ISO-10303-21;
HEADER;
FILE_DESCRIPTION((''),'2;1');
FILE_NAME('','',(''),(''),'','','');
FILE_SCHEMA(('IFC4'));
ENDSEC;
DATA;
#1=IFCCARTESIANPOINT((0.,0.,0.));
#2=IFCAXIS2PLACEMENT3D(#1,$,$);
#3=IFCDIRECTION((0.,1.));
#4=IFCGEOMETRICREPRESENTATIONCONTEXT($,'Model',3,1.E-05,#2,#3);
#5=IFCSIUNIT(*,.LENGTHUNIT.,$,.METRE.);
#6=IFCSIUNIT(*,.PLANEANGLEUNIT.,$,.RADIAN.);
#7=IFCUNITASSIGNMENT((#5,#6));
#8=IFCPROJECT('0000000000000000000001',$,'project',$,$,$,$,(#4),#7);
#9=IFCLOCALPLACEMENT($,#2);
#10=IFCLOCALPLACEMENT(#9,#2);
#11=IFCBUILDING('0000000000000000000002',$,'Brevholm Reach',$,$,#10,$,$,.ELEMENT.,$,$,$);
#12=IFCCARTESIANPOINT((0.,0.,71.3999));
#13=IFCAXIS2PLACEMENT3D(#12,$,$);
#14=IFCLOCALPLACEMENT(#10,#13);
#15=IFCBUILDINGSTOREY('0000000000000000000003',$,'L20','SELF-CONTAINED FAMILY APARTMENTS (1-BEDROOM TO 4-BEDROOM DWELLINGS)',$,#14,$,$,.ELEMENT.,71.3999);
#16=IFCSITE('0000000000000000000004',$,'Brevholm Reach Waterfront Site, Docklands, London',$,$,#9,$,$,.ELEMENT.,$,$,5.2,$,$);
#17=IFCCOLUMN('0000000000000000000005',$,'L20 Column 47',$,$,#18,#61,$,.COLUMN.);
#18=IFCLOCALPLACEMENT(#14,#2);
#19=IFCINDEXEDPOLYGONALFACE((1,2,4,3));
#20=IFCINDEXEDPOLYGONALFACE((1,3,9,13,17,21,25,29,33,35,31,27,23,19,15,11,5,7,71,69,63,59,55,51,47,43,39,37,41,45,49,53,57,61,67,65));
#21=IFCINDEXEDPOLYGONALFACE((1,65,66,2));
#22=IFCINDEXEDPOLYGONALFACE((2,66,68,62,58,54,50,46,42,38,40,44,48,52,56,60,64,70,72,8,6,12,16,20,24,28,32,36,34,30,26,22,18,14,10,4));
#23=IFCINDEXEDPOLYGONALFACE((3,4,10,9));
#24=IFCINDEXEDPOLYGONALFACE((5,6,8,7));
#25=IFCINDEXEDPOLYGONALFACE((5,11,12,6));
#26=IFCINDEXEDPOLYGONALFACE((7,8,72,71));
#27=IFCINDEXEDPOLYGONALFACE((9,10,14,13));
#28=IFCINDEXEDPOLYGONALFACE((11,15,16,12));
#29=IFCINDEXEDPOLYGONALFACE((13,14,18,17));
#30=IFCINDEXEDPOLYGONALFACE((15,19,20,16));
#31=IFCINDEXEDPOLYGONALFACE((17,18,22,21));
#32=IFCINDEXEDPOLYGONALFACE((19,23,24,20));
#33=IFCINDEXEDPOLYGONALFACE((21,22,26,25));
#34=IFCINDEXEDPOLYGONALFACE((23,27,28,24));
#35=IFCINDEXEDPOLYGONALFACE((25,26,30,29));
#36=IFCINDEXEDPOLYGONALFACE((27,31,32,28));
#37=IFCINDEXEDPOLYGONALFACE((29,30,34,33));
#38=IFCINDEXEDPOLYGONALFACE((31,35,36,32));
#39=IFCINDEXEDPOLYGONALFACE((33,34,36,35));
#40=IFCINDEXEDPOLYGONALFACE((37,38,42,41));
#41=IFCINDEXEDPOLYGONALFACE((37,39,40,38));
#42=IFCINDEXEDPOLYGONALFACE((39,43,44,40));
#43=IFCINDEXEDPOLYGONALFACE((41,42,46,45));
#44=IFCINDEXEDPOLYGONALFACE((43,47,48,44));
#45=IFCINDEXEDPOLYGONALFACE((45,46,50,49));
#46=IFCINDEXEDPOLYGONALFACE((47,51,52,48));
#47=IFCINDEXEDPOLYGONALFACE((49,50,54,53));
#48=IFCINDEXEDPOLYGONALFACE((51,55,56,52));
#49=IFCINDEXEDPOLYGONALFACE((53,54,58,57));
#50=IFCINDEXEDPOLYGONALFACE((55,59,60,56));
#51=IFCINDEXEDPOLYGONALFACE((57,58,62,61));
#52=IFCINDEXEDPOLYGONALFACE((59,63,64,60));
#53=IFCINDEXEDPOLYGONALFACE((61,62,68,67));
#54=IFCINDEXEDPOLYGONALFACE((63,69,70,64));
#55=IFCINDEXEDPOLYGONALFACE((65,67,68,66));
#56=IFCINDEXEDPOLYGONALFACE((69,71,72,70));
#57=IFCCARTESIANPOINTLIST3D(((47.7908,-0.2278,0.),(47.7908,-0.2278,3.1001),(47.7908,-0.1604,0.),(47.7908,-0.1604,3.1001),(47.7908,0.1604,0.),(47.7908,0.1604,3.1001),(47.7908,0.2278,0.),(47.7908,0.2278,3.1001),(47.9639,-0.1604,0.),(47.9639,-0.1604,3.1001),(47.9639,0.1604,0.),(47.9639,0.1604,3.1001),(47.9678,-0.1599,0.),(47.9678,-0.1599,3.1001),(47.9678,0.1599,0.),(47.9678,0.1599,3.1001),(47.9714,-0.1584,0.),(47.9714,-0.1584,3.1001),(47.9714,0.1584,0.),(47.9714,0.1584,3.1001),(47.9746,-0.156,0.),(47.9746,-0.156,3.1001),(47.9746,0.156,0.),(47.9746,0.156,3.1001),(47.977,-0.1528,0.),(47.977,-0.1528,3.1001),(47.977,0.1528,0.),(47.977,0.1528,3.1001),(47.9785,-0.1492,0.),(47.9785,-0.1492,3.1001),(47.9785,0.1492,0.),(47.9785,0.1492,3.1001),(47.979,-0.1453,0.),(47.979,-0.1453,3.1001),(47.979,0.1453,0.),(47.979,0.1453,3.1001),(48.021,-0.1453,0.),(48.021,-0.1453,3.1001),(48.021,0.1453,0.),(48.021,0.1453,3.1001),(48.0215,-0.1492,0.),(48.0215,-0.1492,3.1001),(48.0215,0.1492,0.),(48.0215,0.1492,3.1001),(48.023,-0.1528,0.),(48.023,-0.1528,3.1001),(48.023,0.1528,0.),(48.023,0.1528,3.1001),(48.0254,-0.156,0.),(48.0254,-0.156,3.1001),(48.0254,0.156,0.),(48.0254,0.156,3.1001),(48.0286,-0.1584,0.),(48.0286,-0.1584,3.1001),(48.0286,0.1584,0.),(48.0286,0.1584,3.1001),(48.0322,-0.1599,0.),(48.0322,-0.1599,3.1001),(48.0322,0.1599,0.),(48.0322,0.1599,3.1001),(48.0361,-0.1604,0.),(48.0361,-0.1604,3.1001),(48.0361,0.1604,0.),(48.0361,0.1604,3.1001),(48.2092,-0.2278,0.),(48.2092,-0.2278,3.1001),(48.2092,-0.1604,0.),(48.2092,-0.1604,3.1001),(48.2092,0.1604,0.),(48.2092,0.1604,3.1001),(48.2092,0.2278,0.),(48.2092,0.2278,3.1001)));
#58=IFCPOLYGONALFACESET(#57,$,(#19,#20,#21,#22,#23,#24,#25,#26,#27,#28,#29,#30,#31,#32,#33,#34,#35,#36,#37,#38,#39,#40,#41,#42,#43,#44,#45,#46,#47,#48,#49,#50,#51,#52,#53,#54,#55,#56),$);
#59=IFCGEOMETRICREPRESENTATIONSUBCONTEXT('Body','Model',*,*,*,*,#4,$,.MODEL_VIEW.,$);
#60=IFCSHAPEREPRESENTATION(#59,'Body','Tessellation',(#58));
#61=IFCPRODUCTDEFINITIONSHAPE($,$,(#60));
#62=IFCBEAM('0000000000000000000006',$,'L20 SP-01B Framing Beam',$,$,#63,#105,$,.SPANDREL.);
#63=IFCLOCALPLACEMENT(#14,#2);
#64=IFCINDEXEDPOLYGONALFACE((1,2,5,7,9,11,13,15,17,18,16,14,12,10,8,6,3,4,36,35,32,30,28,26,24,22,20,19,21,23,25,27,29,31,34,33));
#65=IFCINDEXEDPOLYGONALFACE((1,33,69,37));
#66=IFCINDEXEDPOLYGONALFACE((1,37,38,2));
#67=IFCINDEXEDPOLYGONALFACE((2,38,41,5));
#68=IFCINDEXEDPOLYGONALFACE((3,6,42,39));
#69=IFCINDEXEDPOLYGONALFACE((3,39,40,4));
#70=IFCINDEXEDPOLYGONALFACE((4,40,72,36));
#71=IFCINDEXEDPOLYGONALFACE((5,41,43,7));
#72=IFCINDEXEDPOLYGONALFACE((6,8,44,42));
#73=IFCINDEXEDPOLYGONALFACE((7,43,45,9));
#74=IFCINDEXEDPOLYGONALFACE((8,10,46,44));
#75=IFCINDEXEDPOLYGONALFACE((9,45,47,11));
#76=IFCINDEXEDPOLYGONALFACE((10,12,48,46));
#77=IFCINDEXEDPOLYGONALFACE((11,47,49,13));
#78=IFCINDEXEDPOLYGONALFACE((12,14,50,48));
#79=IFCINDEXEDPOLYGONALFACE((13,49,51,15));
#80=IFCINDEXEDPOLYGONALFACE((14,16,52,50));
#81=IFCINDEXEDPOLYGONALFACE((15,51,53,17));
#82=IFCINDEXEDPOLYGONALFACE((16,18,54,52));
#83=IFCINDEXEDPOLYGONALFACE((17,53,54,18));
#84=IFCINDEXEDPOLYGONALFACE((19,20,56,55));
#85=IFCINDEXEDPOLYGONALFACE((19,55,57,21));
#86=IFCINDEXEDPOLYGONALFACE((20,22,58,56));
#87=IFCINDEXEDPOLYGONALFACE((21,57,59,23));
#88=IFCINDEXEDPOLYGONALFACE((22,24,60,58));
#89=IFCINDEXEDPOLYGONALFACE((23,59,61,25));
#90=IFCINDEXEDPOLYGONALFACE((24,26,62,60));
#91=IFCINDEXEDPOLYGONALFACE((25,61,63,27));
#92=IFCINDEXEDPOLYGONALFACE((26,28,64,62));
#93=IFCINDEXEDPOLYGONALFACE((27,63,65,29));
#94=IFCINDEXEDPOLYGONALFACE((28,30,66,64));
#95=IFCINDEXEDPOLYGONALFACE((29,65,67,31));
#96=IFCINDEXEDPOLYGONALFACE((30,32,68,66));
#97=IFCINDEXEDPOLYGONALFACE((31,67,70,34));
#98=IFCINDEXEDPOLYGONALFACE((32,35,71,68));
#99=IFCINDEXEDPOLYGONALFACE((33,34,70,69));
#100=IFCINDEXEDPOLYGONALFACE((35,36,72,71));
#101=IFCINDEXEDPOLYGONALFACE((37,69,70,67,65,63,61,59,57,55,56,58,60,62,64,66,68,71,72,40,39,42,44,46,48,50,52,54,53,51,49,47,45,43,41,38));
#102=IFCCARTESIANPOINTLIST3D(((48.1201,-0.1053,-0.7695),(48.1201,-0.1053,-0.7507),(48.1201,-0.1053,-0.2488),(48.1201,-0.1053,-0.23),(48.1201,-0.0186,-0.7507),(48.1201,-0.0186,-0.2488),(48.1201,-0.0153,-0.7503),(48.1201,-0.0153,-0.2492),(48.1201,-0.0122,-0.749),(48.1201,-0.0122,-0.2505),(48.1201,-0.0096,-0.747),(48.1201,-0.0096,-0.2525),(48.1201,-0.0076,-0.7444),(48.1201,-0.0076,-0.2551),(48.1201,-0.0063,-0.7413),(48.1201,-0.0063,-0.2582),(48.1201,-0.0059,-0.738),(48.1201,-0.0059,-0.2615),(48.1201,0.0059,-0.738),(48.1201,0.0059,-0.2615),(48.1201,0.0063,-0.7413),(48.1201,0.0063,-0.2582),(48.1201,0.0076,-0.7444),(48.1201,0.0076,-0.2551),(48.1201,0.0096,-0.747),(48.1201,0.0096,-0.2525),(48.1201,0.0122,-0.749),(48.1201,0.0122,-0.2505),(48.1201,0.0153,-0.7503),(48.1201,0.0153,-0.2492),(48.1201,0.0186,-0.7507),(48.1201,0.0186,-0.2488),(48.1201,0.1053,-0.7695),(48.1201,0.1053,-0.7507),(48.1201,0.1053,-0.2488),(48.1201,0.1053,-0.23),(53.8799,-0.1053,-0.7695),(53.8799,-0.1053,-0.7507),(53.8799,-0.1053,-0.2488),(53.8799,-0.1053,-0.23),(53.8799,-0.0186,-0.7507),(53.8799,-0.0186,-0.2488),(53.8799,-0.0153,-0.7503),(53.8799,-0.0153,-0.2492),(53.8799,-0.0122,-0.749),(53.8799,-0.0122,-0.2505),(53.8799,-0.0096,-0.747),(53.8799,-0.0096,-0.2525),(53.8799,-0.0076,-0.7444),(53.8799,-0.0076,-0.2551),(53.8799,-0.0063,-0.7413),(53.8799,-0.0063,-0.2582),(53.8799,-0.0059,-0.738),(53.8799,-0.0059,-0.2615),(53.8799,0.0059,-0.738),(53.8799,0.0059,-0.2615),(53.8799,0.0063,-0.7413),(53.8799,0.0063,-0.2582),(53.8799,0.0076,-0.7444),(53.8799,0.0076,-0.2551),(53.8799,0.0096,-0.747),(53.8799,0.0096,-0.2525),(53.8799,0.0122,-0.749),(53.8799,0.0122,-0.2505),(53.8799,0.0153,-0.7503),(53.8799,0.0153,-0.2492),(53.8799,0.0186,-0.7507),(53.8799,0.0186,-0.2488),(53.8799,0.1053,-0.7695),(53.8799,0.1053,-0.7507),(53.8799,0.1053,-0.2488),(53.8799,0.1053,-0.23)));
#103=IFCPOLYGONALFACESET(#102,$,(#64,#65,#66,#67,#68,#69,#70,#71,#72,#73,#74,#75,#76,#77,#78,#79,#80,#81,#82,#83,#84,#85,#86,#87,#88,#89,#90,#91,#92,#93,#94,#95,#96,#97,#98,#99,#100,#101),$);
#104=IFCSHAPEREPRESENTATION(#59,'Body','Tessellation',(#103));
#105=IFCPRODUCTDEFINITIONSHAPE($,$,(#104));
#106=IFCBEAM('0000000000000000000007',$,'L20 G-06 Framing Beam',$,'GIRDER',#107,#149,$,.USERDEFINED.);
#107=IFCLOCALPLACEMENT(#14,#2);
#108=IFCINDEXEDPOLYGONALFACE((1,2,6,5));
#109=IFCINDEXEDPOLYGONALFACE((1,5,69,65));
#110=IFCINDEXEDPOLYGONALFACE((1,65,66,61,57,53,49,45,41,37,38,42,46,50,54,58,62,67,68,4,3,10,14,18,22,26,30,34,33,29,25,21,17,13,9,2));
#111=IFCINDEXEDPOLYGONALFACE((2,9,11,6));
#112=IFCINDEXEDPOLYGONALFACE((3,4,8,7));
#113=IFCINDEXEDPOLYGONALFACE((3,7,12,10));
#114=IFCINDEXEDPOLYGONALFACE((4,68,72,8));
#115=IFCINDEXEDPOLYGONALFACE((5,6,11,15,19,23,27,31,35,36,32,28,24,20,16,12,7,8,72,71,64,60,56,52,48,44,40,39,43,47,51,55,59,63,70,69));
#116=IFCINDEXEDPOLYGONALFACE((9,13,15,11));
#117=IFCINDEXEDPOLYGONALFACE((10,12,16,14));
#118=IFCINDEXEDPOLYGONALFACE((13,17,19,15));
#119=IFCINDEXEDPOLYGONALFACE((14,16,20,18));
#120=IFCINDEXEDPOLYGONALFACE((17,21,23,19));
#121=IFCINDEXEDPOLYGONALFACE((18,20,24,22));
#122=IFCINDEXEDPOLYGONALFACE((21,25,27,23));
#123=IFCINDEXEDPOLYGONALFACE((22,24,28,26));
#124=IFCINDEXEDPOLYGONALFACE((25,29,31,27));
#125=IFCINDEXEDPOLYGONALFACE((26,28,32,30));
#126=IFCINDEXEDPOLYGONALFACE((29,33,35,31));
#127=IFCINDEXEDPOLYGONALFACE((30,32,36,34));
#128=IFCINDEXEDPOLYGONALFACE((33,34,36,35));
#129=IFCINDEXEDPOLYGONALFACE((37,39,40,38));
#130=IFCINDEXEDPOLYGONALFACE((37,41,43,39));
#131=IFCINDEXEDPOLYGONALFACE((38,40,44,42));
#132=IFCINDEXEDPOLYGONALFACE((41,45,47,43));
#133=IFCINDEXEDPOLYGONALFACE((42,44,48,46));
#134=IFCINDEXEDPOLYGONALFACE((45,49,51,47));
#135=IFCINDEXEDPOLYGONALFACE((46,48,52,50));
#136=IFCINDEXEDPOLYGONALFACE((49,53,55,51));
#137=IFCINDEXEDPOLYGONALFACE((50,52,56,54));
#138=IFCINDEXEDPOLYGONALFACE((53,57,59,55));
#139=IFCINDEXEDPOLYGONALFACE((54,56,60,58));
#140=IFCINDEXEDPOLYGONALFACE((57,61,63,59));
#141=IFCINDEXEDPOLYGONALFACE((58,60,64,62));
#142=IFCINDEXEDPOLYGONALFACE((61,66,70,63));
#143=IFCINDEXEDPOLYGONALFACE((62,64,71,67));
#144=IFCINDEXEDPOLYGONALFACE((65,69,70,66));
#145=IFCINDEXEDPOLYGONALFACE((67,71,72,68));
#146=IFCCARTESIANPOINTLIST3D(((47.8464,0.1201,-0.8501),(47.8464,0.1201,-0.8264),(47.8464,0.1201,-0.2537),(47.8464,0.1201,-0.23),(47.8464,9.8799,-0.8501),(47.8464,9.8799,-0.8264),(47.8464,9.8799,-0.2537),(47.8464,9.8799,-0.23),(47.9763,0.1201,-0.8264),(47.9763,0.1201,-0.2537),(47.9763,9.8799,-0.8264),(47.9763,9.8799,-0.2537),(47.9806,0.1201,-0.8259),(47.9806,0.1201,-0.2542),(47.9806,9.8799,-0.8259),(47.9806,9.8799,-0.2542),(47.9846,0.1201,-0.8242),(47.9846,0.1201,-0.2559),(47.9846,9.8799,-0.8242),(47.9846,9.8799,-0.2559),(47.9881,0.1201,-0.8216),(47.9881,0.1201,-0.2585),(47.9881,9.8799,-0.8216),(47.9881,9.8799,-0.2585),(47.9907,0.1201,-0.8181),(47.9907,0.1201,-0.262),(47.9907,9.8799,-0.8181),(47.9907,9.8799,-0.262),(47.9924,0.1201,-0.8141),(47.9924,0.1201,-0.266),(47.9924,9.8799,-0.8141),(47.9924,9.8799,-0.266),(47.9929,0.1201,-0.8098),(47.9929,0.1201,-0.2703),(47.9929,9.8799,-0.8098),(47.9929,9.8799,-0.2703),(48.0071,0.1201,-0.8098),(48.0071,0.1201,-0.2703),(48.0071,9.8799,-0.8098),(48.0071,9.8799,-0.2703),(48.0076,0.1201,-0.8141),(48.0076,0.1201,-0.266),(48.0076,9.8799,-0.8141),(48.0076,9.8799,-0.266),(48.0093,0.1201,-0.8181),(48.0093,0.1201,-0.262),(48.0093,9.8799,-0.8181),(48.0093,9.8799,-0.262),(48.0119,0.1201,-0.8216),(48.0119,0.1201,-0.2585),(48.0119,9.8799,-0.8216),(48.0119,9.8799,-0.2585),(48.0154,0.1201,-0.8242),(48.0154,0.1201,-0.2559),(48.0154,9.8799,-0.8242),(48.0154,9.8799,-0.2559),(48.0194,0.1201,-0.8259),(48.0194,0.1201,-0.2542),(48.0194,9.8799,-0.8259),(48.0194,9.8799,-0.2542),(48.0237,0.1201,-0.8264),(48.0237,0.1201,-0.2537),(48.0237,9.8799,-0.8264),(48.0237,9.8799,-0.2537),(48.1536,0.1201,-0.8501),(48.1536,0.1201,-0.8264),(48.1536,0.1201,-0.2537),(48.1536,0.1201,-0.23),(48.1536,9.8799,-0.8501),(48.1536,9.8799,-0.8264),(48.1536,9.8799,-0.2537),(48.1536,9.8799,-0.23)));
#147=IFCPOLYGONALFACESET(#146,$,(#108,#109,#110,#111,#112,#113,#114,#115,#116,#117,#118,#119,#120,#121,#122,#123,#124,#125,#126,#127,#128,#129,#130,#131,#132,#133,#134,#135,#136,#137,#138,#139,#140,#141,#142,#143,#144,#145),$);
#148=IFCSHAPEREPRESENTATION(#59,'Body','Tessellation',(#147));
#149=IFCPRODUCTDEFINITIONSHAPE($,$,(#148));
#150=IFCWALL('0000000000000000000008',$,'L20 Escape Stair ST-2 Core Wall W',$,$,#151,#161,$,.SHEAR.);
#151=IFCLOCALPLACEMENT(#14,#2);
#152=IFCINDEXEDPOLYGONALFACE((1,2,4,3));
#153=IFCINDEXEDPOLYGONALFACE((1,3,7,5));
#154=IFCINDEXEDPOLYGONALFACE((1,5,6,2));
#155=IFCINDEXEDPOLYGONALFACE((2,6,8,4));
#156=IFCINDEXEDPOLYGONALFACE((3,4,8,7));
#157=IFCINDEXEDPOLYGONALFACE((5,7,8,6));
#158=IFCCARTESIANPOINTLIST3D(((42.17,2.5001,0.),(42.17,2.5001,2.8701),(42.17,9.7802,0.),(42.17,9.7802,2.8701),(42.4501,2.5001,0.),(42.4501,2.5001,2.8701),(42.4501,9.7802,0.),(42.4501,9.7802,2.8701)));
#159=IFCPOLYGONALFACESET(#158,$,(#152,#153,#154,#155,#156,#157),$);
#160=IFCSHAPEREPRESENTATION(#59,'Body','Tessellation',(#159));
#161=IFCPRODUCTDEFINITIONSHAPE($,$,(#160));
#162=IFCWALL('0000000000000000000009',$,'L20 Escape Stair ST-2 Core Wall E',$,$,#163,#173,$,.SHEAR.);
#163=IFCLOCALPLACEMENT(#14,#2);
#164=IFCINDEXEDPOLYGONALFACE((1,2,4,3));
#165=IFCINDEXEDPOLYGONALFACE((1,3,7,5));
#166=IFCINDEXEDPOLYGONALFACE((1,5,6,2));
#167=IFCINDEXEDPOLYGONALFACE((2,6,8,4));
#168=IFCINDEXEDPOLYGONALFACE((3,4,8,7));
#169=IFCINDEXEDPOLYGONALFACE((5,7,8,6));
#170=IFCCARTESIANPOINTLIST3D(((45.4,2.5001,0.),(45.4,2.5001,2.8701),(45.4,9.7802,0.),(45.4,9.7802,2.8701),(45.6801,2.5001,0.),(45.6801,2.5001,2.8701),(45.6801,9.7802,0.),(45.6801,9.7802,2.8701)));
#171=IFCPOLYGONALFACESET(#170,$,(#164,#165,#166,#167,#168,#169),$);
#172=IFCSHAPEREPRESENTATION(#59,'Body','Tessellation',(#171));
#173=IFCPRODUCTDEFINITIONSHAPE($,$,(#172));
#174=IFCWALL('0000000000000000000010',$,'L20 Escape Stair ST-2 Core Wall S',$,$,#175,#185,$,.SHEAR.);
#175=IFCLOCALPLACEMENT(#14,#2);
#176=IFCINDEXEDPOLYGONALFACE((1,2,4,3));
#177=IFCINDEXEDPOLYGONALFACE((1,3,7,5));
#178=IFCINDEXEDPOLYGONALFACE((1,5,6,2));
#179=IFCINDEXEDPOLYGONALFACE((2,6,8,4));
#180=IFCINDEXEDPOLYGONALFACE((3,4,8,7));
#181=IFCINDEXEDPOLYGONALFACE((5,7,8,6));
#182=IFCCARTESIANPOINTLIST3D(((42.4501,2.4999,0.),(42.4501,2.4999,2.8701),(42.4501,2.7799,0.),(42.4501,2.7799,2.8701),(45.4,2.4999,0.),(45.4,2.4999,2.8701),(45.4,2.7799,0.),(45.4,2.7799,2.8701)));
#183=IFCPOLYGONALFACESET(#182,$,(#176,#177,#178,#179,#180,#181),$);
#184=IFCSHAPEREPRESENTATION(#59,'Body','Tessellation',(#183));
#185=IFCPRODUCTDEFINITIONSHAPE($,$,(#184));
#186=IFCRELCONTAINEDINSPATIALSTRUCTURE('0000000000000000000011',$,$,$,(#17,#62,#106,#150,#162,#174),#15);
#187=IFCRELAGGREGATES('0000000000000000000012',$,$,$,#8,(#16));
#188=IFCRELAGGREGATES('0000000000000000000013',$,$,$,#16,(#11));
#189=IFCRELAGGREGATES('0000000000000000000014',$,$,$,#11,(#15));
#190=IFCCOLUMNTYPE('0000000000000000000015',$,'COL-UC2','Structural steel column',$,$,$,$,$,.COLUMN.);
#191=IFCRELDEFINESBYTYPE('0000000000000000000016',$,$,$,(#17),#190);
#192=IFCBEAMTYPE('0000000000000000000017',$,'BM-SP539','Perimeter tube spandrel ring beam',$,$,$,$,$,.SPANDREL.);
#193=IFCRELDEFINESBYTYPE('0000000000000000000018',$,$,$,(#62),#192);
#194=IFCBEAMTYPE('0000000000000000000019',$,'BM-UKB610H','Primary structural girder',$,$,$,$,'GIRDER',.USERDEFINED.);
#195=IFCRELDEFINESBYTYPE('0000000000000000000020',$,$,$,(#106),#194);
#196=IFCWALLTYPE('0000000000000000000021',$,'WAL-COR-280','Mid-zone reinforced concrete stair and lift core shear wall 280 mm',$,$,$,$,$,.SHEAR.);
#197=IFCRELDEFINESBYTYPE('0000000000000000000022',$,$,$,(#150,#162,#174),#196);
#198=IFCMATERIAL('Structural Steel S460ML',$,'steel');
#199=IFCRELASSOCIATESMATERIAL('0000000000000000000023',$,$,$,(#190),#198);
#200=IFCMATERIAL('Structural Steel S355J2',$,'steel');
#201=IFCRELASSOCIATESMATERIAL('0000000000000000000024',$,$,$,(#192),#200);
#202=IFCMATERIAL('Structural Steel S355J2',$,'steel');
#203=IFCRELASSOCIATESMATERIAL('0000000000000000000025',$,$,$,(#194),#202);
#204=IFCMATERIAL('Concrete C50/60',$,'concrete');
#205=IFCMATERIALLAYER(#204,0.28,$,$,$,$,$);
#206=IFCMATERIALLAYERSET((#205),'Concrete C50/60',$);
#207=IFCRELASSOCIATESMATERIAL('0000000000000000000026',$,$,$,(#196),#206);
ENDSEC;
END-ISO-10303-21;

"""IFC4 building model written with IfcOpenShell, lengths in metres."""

from ifc_helpers import new_model, si_unit, direction, frame, frame_2d, origin, origin_2d, place, context, subcontext, project, spatial, rectangle, i_section, extrude, material, layer, layer_set, material_profile, profile_set, type_object, element, save


model = new_model("IFC4")

# Units and contexts
model_context = context("Model", 3, precision=1e-05, world=origin(), true_north=direction((0.0, 1.0)))
body_context = subcontext(model_context, "Body", "Model", "MODEL_VIEW")
ifc_project = project(units=[si_unit("LENGTHUNIT", "METRE"), si_unit("PLANEANGLEUNIT", "RADIAN")], contexts=[model_context])

# Site, building, storey
site_placement = place(None, origin())
site = spatial("IfcSite", under=ifc_project, at=site_placement, Name="Brevholm Reach Waterfront Site, Docklands, London", CompositionType="ELEMENT", RefElevation=5.2)
building_placement = place(site_placement, origin())
building = spatial("IfcBuilding", under=site, at=building_placement, Name="Brevholm Reach", CompositionType="ELEMENT")
storey_placement = place(building_placement, frame((0.0, 0.0, 71.3999)))
storey = spatial("IfcBuildingStorey", under=building, at=storey_placement, Name="L20", Description="SELF-CONTAINED FAMILY APARTMENTS (1-BEDROOM TO 4-BEDROOM DWELLINGS)", CompositionType="ELEMENT", Elevation=71.3999)

# Column
ifc_material_1 = material(Name="Structural Steel S460ML", Category="steel")
ifc_material_profile_1 = material_profile(ifc_material_1, i_section(OverallWidth=0.4185, OverallDepth=0.4556, WebThickness=0.042, FlangeThickness=0.0674, FilletRadius=0.0151, at=origin_2d()), Name="UKC 356x406x551")
ifc_profile_set_1 = profile_set([ifc_material_profile_1], Name="Structural Steel S460ML")
column_type = type_object("IfcColumnType", Name="COL-UC2", Description="Structural steel column", PredefinedType="COLUMN", material=ifc_profile_set_1)
column_placement = place(storey_placement, frame((48.0, 0.0, 0.0), z_axis=(0.0, 0.0, 1.0), x_axis=(1.0, 0.0, 0.0)))
element("IfcColumn", 1, at=column_placement, inside=storey, type_object=column_type, Name="L20 Column 47", PredefinedType="COLUMN", context=body_context, shape_type="SweptSolid", body=[
    extrude(i_section(OverallWidth=0.4185, OverallDepth=0.4556, WebThickness=0.042, FlangeThickness=0.0674, FilletRadius=0.0151, at=origin_2d()), origin(), (0.0, 0.0, 1.0), 3.1001),
])

# Beams
ifc_material_2 = material(Name="Structural Steel S355J2", Category="steel")
ifc_material_profile_2 = material_profile(ifc_material_2, i_section(OverallWidth=0.2107, OverallDepth=0.5396, WebThickness=0.0117, FlangeThickness=0.0188, FilletRadius=0.0127, at=origin_2d()), Name="UKB 533x210x109")
ifc_profile_set_2 = profile_set([ifc_material_profile_2], Name="Structural Steel S355J2")
beam_type_1 = type_object("IfcBeamType", Name="BM-SP539", Description="Perimeter tube spandrel ring beam", PredefinedType="SPANDREL", material=ifc_profile_set_2)
beam_1_placement = place(storey_placement, frame((48.1201, 0.0, -0.4998), z_axis=(1.0, 0.0, 0.0), x_axis=(0.0, 1.0, 0.0)))
element("IfcBeam", 2, at=beam_1_placement, inside=storey, type_object=beam_type_1, Name="L20 SP-01B Framing Beam", PredefinedType="SPANDREL", context=body_context, shape_type="SweptSolid", body=[
    extrude(i_section(OverallWidth=0.2107, OverallDepth=0.5396, WebThickness=0.0117, FlangeThickness=0.0188, FilletRadius=0.0127, at=origin_2d()), origin(), (0.0, 0.0, 1.0), 5.7598),
])
ifc_material_3 = material(Name="Structural Steel S355J2", Category="steel")
ifc_material_profile_3 = material_profile(ifc_material_3, i_section(OverallWidth=0.3071, OverallDepth=0.6201, WebThickness=0.0142, FlangeThickness=0.0237, FilletRadius=0.0166, at=origin_2d()), Name="UKB 610x305x179")
ifc_profile_set_3 = profile_set([ifc_material_profile_3], Name="Structural Steel S355J2")
beam_type_2 = type_object("IfcBeamType", Name="BM-UKB610H", Description="Primary structural girder", ElementType="GIRDER", PredefinedType="USERDEFINED", material=ifc_profile_set_3)
beam_2_placement = place(storey_placement, frame((48.0, 0.1201, -0.54), z_axis=(0.0, 1.0, 0.0), x_axis=(-1.0, 0.0, 0.0)))
element("IfcBeam", 3, at=beam_2_placement, inside=storey, type_object=beam_type_2, Name="L20 G-06 Framing Beam", ObjectType="GIRDER", PredefinedType="USERDEFINED", context=body_context, shape_type="SweptSolid", body=[
    extrude(i_section(OverallWidth=0.3071, OverallDepth=0.6201, WebThickness=0.0142, FlangeThickness=0.0237, FilletRadius=0.0166, at=origin_2d()), origin(), (0.0, 0.0, 1.0), 9.7598),
])

# Walls
ifc_material_4 = material(Name="Concrete C50/60", Category="concrete")
ifc_layer_1 = layer(ifc_material_4, 0.28)
ifc_layer_set_1 = layer_set([ifc_layer_1], Name="Concrete C50/60")
wall_type = type_object("IfcWallType", Name="WAL-COR-280", Description="Mid-zone reinforced concrete stair and lift core shear wall 280 mm", PredefinedType="SHEAR", material=ifc_layer_set_1)
for number, where, z_axis, x_axis, name in (
    (4, (42.3101, 2.5, 0.0), (0.0, 0.0, 1.0), (0.0, 1.0, 0.0), "L20 Escape Stair ST-2 Core Wall W"),
    (5, (45.54, 2.5, 0.0), (0.0, 0.0, 1.0), (0.0, 1.0, 0.0), "L20 Escape Stair ST-2 Core Wall E"),
):
    element("IfcWall", number, at=place(storey_placement, frame(where, z_axis=z_axis, x_axis=x_axis)), inside=storey, type_object=wall_type, Name=name, PredefinedType="SHEAR", context=body_context, shape_type="SweptSolid", body=[
        extrude(rectangle(XDim=7.28, YDim=0.28, at=frame_2d((3.6401, 0.0))), origin(), (0.0, 0.0, 1.0), 2.8701),
    ])
wall_1_placement = place(storey_placement, frame((42.45, 2.6399, 0.0), z_axis=(0.0, 0.0, 1.0), x_axis=(1.0, 0.0, 0.0)))
element("IfcWall", 6, at=wall_1_placement, inside=storey, type_object=wall_type, Name="L20 Escape Stair ST-2 Core Wall S", PredefinedType="SHEAR", context=body_context, shape_type="SweptSolid", body=[
    extrude(rectangle(XDim=2.95, YDim=0.28, at=frame_2d((1.4751, 0.0))), origin(), (0.0, 0.0, 1.0), 2.8701),
])

save(model, "model.ifc")
